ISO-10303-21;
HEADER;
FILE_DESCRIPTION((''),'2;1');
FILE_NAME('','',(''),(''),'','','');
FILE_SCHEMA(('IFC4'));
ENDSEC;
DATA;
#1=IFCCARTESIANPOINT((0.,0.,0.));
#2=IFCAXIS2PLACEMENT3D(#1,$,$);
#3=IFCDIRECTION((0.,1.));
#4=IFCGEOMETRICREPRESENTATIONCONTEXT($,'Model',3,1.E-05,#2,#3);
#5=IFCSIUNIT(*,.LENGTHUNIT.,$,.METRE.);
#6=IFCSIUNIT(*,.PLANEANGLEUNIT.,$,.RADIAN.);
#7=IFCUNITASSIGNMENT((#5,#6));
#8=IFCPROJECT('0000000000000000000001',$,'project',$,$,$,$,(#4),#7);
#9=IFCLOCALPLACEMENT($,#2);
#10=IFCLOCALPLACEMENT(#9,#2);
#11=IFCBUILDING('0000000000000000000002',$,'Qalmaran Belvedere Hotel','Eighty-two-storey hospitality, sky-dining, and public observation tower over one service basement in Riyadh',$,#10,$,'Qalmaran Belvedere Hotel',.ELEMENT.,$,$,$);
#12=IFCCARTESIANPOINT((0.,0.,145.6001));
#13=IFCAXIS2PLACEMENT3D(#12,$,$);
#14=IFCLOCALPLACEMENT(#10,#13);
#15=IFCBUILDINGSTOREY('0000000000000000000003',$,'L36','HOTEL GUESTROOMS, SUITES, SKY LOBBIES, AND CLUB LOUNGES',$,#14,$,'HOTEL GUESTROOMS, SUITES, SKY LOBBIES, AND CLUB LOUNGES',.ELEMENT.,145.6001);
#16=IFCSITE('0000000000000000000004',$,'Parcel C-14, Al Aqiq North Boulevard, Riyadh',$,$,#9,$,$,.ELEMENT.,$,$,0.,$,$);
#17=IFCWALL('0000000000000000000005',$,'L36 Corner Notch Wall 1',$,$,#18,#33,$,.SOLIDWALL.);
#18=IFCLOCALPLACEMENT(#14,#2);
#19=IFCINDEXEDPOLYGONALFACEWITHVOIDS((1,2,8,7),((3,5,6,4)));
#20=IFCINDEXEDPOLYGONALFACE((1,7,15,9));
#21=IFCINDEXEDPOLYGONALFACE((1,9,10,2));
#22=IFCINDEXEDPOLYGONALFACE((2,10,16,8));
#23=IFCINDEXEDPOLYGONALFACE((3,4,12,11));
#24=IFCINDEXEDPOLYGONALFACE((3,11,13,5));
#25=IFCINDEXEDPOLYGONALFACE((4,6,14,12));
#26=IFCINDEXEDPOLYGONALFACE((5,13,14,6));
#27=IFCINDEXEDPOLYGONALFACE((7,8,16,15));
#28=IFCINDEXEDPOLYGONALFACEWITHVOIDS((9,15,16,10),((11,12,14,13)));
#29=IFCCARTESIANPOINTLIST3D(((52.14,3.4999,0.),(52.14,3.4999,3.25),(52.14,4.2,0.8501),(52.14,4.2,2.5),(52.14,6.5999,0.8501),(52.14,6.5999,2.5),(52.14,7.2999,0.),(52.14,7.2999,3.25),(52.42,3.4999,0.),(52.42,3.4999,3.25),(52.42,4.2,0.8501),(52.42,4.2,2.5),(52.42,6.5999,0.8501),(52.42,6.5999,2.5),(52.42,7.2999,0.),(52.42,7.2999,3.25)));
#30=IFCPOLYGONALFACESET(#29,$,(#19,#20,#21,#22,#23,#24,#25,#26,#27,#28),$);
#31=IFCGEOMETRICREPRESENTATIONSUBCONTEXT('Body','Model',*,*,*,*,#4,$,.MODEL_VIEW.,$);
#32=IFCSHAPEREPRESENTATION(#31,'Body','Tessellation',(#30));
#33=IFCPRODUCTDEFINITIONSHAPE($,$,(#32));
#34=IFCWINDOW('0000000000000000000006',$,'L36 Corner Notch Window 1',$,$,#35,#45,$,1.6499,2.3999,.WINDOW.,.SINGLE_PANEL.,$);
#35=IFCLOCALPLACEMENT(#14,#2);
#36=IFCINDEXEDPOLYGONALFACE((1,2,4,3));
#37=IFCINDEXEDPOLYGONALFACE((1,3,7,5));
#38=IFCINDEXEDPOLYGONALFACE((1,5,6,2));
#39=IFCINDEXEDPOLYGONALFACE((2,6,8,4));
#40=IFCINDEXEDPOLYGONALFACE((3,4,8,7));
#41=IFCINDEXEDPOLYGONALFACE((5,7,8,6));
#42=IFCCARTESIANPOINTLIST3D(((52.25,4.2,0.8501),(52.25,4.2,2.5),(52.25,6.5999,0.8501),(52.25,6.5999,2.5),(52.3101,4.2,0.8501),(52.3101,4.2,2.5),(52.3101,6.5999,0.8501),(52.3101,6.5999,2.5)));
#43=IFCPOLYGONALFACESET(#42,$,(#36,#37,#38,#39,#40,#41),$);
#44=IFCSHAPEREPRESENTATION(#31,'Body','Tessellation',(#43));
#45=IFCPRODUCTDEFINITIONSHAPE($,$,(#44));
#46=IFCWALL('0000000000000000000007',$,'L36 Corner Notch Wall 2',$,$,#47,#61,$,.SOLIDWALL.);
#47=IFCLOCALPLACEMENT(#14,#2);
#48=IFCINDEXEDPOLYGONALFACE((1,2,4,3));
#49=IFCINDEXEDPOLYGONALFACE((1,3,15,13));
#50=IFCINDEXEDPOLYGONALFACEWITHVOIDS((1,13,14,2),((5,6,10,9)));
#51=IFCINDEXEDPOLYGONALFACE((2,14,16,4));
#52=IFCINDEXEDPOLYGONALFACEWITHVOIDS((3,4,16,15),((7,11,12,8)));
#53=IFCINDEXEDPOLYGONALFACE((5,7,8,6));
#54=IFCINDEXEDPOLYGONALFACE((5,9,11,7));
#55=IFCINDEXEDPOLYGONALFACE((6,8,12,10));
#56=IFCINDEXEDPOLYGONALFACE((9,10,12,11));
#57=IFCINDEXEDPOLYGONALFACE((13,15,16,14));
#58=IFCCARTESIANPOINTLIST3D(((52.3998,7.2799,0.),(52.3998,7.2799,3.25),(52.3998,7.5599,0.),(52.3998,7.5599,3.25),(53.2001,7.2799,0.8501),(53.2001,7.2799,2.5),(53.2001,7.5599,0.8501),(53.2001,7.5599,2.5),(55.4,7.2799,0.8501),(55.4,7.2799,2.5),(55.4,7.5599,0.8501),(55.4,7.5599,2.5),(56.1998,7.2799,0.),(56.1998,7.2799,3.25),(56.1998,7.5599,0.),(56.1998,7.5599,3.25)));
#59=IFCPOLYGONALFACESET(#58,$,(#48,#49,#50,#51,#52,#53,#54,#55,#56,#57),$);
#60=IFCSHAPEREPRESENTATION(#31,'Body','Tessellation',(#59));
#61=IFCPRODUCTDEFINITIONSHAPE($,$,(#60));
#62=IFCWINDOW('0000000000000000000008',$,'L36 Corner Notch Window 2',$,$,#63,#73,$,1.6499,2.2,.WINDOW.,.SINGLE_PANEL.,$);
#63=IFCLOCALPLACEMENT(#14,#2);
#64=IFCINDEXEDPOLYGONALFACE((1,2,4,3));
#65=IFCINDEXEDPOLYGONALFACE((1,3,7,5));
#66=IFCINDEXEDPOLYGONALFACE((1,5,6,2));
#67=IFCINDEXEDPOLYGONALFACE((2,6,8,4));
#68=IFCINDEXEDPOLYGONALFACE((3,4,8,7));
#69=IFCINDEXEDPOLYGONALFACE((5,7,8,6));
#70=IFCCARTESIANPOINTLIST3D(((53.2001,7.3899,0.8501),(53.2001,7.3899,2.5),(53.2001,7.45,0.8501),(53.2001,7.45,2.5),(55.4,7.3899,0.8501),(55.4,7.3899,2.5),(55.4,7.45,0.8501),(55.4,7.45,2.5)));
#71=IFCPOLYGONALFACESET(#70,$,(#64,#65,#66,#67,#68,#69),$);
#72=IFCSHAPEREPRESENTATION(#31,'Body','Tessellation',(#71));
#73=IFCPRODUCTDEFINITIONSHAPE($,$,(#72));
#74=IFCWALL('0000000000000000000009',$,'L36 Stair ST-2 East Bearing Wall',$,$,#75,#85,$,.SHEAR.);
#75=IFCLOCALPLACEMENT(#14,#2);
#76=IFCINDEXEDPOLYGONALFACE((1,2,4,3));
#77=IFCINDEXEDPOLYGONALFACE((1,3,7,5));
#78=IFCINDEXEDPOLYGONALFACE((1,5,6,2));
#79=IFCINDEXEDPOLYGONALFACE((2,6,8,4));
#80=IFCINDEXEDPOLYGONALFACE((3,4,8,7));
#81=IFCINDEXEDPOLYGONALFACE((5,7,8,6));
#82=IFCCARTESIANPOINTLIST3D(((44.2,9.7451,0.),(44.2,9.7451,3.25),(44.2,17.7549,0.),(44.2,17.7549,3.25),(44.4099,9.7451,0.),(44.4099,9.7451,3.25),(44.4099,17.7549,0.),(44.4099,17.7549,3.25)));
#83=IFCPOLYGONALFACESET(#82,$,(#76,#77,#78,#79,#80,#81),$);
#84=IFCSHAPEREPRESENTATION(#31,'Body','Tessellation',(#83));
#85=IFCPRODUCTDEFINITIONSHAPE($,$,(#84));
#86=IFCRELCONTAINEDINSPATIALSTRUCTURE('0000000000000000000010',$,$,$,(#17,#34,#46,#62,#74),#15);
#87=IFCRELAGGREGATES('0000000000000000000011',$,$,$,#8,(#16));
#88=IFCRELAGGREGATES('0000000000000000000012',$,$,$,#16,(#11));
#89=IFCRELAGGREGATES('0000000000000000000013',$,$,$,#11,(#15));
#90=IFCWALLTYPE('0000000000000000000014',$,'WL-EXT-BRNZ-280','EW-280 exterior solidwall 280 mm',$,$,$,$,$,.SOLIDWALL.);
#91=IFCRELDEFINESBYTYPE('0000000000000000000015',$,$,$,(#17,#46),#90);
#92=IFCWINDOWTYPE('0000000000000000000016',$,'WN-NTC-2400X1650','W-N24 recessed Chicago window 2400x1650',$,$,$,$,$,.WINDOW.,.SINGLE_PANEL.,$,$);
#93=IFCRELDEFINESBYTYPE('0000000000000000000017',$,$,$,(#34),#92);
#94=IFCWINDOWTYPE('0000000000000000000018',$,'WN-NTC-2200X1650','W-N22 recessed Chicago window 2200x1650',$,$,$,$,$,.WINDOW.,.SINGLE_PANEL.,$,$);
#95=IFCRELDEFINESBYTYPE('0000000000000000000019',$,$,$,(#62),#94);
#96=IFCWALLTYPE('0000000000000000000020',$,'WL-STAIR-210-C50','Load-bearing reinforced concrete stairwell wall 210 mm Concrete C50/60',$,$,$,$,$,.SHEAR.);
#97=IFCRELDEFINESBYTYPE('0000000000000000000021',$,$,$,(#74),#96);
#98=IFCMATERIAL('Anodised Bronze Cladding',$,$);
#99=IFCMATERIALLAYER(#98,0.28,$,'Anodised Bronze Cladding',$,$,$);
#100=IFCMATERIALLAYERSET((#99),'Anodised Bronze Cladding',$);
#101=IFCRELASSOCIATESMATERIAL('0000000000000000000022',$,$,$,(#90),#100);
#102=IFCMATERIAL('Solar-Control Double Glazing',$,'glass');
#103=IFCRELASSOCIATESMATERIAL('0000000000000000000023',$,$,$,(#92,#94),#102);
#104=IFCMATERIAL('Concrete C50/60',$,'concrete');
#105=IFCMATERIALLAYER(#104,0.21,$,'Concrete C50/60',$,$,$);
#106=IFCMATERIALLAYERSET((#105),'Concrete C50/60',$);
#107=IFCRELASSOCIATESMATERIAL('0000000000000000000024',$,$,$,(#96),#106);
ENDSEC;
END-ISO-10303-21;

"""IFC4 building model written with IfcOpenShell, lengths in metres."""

from ifc_helpers import new_model, si_unit, direction, frame, frame_2d, origin, place, context, subcontext, project, spatial, rectangle, extrude, material, layer, layer_set, type_object, element, fill, save


model = new_model("IFC4")

# Units and contexts
model_context = context("Model", 3, precision=1e-05, world=origin(), true_north=direction((0.0, 1.0)))
body_context = subcontext(model_context, "Body", "Model", "MODEL_VIEW")
ifc_project = project(units=[si_unit("LENGTHUNIT", "METRE"), si_unit("PLANEANGLEUNIT", "RADIAN")], contexts=[model_context])

# Site, building, storey
site_placement = place(None, origin())
site = spatial("IfcSite", under=ifc_project, at=site_placement, Name="Parcel C-14, Al Aqiq North Boulevard, Riyadh", CompositionType="ELEMENT", RefElevation=0.0)
building_placement = place(site_placement, origin())
building = spatial("IfcBuilding", under=site, at=building_placement, Name="Qalmaran Belvedere Hotel", Description="Eighty-two-storey hospitality, sky-dining, and public observation tower over one service basement in Riyadh", LongName="Qalmaran Belvedere Hotel", CompositionType="ELEMENT")
storey_placement = place(building_placement, frame((0.0, 0.0, 145.6001)))
storey = spatial("IfcBuildingStorey", under=building, at=storey_placement, Name="L36", Description="HOTEL GUESTROOMS, SUITES, SKY LOBBIES, AND CLUB LOUNGES", LongName="HOTEL GUESTROOMS, SUITES, SKY LOBBIES, AND CLUB LOUNGES", CompositionType="ELEMENT", Elevation=145.6001)

# Shared definitions
ifc_material_1 = material(Name="Concrete C50/60", Category="concrete")

# Shared definitions
ifc_material_2 = material(Name="Solar-Control Double Glazing", Category="glass")

# Walls, openings, windows
ifc_material_3 = material(Name="Anodised Bronze Cladding")
ifc_layer_1 = layer(ifc_material_3, 0.28, Name="Anodised Bronze Cladding")
ifc_layer_set_1 = layer_set([ifc_layer_1], Name="Anodised Bronze Cladding")
wall_type_1 = type_object("IfcWallType", Name="WL-EXT-BRNZ-280", Description="EW-280 exterior solidwall 280 mm", PredefinedType="SOLIDWALL", material=ifc_layer_set_1)
wall_1_placement = place(storey_placement, frame((52.28, 3.5, 0.0), z_axis=(0.0, 0.0, 1.0), x_axis=(0.0, 1.0, 0.0)))
wall_1 = element("IfcWall", 1, at=wall_1_placement, inside=storey, type_object=wall_type_1, Name="L36 Corner Notch Wall 1", PredefinedType="SOLIDWALL", context=body_context, shape_type="SweptSolid", body=[
    extrude(rectangle(XDim=3.8, YDim=0.28, at=frame_2d((1.8999, 0.0))), origin(), (0.0, 0.0, 1.0), 3.25),
])
opening_1_placement = place(wall_1_placement, frame((0.7, 0.0, 0.8501)))
opening_1 = element("IfcOpeningElement", 2, at=opening_1_placement, cuts=wall_1, PredefinedType="OPENING", context=body_context, shape_type="SweptSolid", body=[
    extrude(rectangle(XDim=2.3999, YDim=1.6499, at=frame_2d((1.2, 0.825))), frame((0.0, 0.1499, 0.0), z_axis=(0.0, -1.0, 0.0), x_axis=(1.0, 0.0, 0.0)), (0.0, 0.0, 1.0), 0.3),
])
window_type_1 = type_object("IfcWindowType", Name="WN-NTC-2400X1650", Description="W-N24 recessed Chicago window 2400x1650", PartitioningType="SINGLE_PANEL", PredefinedType="WINDOW", material=ifc_material_2)
window_1_placement = place(opening_1_placement, origin())
window_1 = element("IfcWindow", 3, at=window_1_placement, inside=storey, type_object=window_type_1, Name="L36 Corner Notch Window 1", OverallHeight=1.6499, OverallWidth=2.3999, PartitioningType="SINGLE_PANEL", PredefinedType="WINDOW", context=body_context, shape_type="SweptSolid", body=[
    extrude(rectangle(XDim=2.3999, YDim=1.6499, at=frame_2d((1.2, 0.825))), frame((0.0, 0.03, 0.0), z_axis=(0.0, -1.0, 0.0), x_axis=(1.0, 0.0, 0.0)), (0.0, 0.0, 1.0), 0.0601),
])
fill(opening_1, window_1)
wall_2_placement = place(storey_placement, frame((52.3999, 7.4199, 0.0), z_axis=(0.0, 0.0, 1.0), x_axis=(1.0, 0.0, 0.0)))
wall_2 = element("IfcWall", 4, at=wall_2_placement, inside=storey, type_object=wall_type_1, Name="L36 Corner Notch Wall 2", PredefinedType="SOLIDWALL", context=body_context, shape_type="SweptSolid", body=[
    extrude(rectangle(XDim=3.8, YDim=0.28, at=frame_2d((1.8999, 0.0))), origin(), (0.0, 0.0, 1.0), 3.25),
])
opening_2_placement = place(wall_2_placement, frame((0.8, 0.0, 0.8501)))
opening_2 = element("IfcOpeningElement", 5, at=opening_2_placement, cuts=wall_2, PredefinedType="OPENING", context=body_context, shape_type="SweptSolid", body=[
    extrude(rectangle(XDim=2.2, YDim=1.6499, at=frame_2d((1.1001, 0.825))), frame((0.0, 0.1499, 0.0), z_axis=(0.0, -1.0, 0.0), x_axis=(1.0, 0.0, 0.0)), (0.0, 0.0, 1.0), 0.3),
])
window_type_2 = type_object("IfcWindowType", Name="WN-NTC-2200X1650", Description="W-N22 recessed Chicago window 2200x1650", PartitioningType="SINGLE_PANEL", PredefinedType="WINDOW", material=ifc_material_2)
window_2_placement = place(opening_2_placement, origin())
window_2 = element("IfcWindow", 6, at=window_2_placement, inside=storey, type_object=window_type_2, Name="L36 Corner Notch Window 2", OverallHeight=1.6499, OverallWidth=2.2, PartitioningType="SINGLE_PANEL", PredefinedType="WINDOW", context=body_context, shape_type="SweptSolid", body=[
    extrude(rectangle(XDim=2.2, YDim=1.6499, at=frame_2d((1.1001, 0.825))), frame((0.0, 0.03, 0.0), z_axis=(0.0, -1.0, 0.0), x_axis=(1.0, 0.0, 0.0)), (0.0, 0.0, 1.0), 0.0601),
])
fill(opening_2, window_2)

# Wall
ifc_layer_2 = layer(ifc_material_1, 0.21, Name="Concrete C50/60")
ifc_layer_set_2 = layer_set([ifc_layer_2], Name="Concrete C50/60")
wall_type_2 = type_object("IfcWallType", Name="WL-STAIR-210-C50", Description="Load-bearing reinforced concrete stairwell wall 210 mm Concrete C50/60", PredefinedType="SHEAR", material=ifc_layer_set_2)
wall_3_placement = place(storey_placement, frame((44.3049, 9.7451, 0.0), z_axis=(0.0, 0.0, 1.0), x_axis=(0.0, 1.0, 0.0)))
element("IfcWall", 7, at=wall_3_placement, inside=storey, type_object=wall_type_2, Name="L36 Stair ST-2 East Bearing Wall", PredefinedType="SHEAR", context=body_context, shape_type="SweptSolid", body=[
    extrude(rectangle(XDim=8.0098, YDim=0.21, at=frame_2d((4.0049, 0.0))), origin(), (0.0, 0.0, 1.0), 3.25),
])

save(model, "model.ifc")
